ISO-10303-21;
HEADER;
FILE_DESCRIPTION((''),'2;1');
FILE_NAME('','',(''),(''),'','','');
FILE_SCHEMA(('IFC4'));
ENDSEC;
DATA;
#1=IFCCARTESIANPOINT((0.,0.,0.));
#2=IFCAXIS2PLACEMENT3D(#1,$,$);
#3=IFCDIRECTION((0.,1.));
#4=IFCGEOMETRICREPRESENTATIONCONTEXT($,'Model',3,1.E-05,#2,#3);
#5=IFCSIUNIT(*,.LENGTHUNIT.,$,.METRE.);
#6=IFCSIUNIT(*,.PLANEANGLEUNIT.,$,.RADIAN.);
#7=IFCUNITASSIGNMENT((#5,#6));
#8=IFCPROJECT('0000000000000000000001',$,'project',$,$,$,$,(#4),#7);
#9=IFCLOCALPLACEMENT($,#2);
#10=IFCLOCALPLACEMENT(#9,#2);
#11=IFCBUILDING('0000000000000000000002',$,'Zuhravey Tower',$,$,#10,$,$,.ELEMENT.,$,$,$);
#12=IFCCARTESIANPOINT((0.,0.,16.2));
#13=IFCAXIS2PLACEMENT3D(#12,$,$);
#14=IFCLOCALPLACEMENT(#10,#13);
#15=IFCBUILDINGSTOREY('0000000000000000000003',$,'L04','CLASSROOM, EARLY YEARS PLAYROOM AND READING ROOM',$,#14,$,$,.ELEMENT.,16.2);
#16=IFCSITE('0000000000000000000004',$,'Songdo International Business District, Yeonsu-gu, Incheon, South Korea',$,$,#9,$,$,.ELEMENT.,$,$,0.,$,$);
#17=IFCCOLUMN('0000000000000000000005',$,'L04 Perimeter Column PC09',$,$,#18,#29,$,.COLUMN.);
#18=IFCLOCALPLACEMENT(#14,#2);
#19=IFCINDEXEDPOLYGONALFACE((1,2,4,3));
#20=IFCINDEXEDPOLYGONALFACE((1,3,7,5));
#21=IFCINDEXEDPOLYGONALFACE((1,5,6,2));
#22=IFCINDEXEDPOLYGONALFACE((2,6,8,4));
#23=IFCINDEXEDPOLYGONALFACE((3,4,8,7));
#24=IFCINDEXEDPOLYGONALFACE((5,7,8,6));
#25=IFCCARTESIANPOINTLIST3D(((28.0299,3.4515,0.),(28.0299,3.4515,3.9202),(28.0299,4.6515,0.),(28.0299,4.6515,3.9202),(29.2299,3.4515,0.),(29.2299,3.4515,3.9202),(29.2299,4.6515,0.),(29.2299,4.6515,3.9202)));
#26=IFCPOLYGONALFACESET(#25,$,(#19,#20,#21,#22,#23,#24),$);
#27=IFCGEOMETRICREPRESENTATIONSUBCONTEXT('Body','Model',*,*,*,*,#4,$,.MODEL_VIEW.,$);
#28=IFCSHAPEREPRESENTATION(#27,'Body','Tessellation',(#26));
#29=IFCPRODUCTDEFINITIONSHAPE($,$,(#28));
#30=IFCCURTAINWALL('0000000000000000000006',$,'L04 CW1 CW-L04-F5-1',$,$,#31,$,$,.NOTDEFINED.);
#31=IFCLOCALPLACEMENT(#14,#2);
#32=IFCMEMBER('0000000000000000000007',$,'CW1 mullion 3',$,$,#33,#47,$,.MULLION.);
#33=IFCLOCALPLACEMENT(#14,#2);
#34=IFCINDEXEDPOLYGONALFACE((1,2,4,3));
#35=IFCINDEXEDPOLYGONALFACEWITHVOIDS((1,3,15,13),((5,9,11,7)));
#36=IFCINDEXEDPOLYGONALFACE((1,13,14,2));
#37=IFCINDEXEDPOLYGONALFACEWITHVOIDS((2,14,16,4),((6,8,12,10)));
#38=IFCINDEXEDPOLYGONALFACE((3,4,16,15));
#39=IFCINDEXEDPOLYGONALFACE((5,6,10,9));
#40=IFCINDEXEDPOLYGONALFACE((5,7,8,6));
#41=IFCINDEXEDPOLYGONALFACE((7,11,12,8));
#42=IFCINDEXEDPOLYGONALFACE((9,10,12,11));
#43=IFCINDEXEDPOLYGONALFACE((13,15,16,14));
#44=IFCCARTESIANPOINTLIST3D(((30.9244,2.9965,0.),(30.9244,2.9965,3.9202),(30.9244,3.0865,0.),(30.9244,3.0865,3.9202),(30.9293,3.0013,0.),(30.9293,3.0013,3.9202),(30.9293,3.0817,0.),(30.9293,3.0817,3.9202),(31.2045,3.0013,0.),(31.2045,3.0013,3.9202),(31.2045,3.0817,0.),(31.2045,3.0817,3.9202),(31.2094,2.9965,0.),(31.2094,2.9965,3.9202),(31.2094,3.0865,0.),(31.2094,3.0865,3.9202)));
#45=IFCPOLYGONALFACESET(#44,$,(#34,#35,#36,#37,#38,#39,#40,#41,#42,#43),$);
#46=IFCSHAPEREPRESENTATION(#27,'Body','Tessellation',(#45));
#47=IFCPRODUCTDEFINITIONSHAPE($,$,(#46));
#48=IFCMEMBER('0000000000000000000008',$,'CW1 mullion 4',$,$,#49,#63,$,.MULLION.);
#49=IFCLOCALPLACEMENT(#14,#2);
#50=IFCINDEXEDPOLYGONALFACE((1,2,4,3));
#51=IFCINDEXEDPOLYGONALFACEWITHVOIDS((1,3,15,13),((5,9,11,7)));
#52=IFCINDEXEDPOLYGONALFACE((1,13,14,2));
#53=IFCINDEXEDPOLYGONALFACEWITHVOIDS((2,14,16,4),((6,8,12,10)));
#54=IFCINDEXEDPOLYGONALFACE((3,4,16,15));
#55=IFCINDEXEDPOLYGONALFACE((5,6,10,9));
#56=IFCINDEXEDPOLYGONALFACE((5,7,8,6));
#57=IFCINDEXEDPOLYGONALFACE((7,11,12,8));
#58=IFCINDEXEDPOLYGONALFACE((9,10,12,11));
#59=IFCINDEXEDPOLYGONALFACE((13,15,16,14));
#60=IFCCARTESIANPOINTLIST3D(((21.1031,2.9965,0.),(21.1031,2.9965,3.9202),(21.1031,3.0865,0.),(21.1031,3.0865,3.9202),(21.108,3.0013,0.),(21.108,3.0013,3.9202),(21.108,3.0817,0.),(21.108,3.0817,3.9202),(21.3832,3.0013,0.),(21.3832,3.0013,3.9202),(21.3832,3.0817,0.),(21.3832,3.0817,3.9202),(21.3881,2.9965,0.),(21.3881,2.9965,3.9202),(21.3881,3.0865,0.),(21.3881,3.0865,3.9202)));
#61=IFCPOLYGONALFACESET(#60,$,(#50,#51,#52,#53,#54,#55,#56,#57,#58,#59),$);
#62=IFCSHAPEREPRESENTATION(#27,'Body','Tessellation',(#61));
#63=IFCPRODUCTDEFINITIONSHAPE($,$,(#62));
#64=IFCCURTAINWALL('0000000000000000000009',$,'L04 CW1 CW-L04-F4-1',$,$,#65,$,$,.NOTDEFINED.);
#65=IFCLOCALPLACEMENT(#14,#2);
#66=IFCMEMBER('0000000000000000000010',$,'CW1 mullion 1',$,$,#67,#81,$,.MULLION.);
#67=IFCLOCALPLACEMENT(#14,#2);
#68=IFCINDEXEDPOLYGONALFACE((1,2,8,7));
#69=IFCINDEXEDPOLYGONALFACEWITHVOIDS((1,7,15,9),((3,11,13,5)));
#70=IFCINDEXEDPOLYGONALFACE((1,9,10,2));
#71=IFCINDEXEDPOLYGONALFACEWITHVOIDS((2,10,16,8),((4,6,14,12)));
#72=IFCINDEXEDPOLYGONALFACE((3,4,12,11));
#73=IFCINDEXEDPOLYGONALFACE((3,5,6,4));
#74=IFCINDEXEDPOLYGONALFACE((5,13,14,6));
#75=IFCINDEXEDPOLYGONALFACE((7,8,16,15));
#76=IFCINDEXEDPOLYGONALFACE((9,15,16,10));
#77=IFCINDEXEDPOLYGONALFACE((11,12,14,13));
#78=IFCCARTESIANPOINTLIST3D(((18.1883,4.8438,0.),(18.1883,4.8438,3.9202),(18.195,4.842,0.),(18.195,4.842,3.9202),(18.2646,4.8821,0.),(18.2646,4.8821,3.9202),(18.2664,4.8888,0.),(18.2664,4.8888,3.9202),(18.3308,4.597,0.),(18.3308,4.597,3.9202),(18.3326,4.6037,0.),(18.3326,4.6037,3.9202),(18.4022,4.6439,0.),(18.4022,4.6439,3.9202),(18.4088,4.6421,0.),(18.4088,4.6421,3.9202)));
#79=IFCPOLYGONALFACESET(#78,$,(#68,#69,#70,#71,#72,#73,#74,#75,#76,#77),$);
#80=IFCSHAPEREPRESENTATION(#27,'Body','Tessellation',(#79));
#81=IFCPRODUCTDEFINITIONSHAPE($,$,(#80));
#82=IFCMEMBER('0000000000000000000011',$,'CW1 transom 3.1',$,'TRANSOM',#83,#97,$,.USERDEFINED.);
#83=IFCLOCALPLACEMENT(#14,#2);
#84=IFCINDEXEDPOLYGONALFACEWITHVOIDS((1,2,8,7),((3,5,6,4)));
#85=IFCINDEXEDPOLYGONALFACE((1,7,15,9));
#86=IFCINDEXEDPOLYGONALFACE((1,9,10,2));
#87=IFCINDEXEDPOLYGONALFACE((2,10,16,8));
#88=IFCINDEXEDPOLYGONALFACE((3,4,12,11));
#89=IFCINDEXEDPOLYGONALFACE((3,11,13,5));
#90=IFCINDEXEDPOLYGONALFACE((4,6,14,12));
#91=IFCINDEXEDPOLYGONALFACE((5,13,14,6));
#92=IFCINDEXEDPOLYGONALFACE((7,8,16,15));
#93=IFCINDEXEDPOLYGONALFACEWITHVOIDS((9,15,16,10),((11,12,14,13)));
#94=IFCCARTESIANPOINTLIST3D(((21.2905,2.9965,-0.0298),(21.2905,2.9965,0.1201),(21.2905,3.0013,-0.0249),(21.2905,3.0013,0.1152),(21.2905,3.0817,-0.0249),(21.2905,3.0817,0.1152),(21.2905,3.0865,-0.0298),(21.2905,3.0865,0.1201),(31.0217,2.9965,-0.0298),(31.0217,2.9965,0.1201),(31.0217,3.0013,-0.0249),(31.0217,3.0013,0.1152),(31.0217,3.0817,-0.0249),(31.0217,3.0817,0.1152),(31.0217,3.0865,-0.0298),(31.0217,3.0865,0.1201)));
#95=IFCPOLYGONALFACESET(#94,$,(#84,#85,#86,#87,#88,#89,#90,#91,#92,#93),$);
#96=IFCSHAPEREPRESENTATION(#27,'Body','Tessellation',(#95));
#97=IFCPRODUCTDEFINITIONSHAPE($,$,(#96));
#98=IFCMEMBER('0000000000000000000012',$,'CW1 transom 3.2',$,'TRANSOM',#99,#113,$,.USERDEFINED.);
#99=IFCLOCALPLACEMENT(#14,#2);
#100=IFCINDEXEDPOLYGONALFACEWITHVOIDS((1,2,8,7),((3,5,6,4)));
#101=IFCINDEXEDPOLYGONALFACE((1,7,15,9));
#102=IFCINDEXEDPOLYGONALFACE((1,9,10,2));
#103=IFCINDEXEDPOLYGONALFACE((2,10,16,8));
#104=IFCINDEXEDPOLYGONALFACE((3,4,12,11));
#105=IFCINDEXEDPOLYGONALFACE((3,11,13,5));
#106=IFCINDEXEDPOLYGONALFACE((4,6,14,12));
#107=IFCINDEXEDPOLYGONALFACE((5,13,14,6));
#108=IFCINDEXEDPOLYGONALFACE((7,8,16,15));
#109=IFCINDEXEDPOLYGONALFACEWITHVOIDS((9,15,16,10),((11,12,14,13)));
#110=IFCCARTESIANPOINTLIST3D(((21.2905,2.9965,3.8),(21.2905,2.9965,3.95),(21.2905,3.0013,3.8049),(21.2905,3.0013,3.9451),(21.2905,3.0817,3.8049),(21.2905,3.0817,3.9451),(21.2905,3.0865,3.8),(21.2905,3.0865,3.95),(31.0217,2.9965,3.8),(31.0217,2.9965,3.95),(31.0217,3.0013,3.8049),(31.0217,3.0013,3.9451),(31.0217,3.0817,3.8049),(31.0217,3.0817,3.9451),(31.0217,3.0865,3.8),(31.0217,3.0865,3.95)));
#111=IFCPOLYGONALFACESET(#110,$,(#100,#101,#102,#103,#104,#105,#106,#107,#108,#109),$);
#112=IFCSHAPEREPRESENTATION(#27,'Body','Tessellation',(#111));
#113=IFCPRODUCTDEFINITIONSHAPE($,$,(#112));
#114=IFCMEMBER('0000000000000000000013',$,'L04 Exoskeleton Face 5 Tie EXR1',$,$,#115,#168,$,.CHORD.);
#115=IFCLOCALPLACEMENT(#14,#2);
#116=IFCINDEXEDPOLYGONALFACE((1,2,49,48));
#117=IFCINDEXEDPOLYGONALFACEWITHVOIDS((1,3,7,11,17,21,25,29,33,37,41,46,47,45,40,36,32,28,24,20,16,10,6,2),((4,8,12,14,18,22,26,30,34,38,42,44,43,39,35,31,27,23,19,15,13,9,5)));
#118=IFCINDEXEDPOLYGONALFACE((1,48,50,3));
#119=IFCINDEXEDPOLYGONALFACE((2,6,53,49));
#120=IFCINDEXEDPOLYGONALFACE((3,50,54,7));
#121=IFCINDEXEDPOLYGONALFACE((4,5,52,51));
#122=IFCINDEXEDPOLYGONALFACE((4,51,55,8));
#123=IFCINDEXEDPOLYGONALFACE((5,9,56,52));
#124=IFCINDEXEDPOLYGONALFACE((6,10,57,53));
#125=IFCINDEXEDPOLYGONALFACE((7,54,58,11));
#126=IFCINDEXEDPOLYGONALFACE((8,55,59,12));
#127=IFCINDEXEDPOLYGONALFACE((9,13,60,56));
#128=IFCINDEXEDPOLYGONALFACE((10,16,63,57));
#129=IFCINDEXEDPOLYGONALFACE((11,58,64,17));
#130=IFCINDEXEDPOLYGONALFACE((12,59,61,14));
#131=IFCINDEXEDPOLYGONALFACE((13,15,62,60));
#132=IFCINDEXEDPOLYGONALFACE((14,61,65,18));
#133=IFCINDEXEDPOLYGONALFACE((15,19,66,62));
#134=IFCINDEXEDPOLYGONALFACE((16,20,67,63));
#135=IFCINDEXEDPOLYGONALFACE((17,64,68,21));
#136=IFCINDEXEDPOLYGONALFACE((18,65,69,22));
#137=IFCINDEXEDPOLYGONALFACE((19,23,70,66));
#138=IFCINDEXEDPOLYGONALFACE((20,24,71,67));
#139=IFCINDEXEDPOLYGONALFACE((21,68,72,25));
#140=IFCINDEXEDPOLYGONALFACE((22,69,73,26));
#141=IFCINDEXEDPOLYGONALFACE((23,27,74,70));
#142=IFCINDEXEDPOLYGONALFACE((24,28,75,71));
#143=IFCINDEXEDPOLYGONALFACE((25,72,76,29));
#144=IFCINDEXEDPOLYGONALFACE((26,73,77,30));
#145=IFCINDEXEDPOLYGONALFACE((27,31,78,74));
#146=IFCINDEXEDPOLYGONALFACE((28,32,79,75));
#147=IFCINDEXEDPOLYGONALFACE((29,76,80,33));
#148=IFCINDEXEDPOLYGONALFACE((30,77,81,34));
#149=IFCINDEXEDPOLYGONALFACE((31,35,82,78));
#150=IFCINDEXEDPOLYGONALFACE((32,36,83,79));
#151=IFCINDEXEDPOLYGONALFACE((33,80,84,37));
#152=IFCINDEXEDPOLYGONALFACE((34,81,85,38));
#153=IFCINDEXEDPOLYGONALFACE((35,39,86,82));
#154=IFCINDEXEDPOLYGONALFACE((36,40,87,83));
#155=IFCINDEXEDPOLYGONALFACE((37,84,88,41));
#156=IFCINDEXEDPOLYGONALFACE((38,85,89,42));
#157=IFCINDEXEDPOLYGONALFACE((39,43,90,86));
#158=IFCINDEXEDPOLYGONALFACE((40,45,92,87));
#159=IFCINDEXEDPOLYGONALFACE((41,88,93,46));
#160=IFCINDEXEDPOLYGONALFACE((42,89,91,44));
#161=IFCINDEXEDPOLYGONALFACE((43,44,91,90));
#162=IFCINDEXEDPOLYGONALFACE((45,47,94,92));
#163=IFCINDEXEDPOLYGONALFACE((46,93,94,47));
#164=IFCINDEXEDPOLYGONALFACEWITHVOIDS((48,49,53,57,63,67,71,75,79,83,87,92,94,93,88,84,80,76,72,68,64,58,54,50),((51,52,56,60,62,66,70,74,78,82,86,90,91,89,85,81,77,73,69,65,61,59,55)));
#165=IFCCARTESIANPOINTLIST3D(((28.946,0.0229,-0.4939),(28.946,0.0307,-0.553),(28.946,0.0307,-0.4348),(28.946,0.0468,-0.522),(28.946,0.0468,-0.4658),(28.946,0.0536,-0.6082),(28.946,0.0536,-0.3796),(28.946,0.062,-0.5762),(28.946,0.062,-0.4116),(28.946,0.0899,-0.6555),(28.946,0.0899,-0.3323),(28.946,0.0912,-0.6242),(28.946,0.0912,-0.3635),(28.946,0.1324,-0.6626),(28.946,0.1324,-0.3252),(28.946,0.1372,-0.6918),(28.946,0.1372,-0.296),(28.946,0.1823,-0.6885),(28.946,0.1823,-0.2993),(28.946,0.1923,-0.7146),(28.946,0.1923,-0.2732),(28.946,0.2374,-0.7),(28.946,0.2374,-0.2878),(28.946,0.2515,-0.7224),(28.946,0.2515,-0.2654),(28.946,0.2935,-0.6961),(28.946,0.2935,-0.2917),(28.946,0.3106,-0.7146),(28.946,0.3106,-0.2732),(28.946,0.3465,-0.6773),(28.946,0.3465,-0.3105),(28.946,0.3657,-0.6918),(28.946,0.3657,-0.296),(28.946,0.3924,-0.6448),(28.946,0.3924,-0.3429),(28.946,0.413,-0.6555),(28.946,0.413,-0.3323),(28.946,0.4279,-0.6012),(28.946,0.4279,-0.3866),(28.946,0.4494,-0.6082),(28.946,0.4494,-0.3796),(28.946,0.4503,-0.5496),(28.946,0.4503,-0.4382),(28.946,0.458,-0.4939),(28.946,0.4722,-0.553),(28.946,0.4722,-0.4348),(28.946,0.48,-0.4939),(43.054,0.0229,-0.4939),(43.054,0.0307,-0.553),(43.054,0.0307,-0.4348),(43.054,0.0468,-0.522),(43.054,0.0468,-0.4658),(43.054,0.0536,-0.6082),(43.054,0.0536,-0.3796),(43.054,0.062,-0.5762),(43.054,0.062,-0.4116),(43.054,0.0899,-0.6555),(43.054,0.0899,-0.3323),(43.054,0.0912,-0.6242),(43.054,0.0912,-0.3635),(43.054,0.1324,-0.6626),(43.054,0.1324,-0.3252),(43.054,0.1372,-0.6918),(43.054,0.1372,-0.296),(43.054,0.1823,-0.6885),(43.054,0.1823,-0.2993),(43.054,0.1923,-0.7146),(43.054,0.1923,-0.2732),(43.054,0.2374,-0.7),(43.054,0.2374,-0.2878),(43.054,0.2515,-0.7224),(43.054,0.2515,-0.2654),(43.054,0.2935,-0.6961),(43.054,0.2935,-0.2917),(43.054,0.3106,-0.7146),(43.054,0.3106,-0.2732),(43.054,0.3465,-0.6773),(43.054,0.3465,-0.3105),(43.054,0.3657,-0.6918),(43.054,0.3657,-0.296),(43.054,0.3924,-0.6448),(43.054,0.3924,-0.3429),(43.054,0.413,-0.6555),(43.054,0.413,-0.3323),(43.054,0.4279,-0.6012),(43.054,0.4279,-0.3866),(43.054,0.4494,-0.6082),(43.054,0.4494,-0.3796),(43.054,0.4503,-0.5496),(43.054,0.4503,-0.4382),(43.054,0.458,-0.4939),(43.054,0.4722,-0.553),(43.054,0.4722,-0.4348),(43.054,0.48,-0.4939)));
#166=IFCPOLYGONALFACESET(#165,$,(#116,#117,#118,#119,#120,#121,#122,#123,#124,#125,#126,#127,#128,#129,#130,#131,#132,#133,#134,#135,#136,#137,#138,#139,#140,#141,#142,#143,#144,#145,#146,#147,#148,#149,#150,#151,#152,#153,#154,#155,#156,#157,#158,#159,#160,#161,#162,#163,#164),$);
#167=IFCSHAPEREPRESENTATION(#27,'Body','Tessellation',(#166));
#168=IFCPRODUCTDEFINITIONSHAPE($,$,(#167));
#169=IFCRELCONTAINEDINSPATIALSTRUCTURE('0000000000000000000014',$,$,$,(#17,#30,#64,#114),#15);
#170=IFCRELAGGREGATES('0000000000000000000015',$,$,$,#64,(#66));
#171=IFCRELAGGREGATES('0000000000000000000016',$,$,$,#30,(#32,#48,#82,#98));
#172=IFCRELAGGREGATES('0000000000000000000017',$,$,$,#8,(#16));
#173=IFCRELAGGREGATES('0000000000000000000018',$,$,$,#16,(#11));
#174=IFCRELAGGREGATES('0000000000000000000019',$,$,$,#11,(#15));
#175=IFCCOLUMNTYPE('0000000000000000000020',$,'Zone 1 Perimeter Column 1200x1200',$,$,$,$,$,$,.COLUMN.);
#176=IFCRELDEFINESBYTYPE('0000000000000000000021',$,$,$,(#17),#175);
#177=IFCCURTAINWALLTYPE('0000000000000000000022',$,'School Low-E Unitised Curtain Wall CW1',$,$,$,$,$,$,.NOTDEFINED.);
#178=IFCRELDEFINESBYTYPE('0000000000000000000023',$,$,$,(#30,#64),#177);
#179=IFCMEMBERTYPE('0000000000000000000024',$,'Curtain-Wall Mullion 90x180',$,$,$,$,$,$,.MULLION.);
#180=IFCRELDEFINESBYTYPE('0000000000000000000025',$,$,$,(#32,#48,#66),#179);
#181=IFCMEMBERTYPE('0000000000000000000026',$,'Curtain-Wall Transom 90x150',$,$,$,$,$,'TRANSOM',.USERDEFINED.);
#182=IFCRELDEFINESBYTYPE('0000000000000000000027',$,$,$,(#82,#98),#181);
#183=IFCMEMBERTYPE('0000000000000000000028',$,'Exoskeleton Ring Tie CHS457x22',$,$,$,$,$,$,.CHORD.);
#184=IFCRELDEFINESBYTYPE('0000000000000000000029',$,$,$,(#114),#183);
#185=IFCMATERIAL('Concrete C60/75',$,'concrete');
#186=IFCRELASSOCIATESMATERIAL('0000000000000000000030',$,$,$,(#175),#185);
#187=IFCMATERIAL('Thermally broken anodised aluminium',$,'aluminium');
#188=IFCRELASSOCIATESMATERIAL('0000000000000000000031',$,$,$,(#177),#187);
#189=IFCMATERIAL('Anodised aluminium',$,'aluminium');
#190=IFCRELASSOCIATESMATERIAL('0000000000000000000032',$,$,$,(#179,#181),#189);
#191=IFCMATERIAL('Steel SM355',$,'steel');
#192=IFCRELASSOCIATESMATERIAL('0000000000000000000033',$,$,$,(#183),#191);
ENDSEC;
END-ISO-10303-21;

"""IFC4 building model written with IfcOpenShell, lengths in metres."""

from ifc_helpers import new_model, si_unit, direction, frame, origin, origin_2d, place, context, subcontext, project, spatial, rectangle, hollow_rectangle, hollow_circle, extrude, material, material_profile, profile_set, type_object, element, aggregate, save


model = new_model("IFC4")

# Units and contexts
model_context = context("Model", 3, precision=1e-05, world=origin(), true_north=direction((0.0, 1.0)))
body_context = subcontext(model_context, "Body", "Model", "MODEL_VIEW")
ifc_project = project(units=[si_unit("LENGTHUNIT", "METRE"), si_unit("PLANEANGLEUNIT", "RADIAN")], contexts=[model_context])

# Site, building, storey
site_placement = place(None, origin())
site = spatial("IfcSite", under=ifc_project, at=site_placement, Name="Songdo International Business District, Yeonsu-gu, Incheon, South Korea", CompositionType="ELEMENT", RefElevation=0.0)
building_placement = place(site_placement, origin())
building = spatial("IfcBuilding", under=site, at=building_placement, Name="Zuhravey Tower", CompositionType="ELEMENT")
storey_placement = place(building_placement, frame((0.0, 0.0, 16.2)))
storey = spatial("IfcBuildingStorey", under=building, at=storey_placement, Name="L04", Description="CLASSROOM, EARLY YEARS PLAYROOM AND READING ROOM", CompositionType="ELEMENT", Elevation=16.2)

# Column
ifc_material_1 = material(Name="Concrete C60/75", Category="concrete")
ifc_material_profile_1 = material_profile(ifc_material_1, rectangle(XDim=1.2, YDim=1.2, at=origin_2d()), Name="RC-1200x1200")
ifc_profile_set_1 = profile_set([ifc_material_profile_1], Name="Concrete C60/75")
column_type = type_object("IfcColumnType", Name="Zone 1 Perimeter Column 1200x1200", PredefinedType="COLUMN", material=ifc_profile_set_1)
column_placement = place(storey_placement, frame((28.6299, 4.0515, 0.0), z_axis=(0.0, 0.0, 1.0), x_axis=(1.0, 0.0, 0.0)))
element("IfcColumn", 1, at=column_placement, inside=storey, type_object=column_type, Name="L04 Perimeter Column PC09", PredefinedType="COLUMN", context=body_context, shape_type="SweptSolid", body=[
    extrude(rectangle(XDim=1.2, YDim=1.2, at=origin_2d()), origin(), (0.0, 0.0, 1.0), 3.9202),
])

# Curtain wall, members
ifc_material_2 = material(Name="Thermally broken anodised aluminium", Category="aluminium")
curtain_wall_type = type_object("IfcCurtainWallType", Name="School Low-E Unitised Curtain Wall CW1", PredefinedType="NOTDEFINED", material=ifc_material_2)
curtain_wall_1_placement = place(storey_placement, origin())
curtain_wall_1 = element("IfcCurtainWall", 2, at=curtain_wall_1_placement, inside=storey, type_object=curtain_wall_type, Name="L04 CW1 CW-L04-F5-1", PredefinedType="NOTDEFINED")
ifc_material_3 = material(Name="Anodised aluminium", Category="aluminium")
ifc_material_profile_2 = material_profile(ifc_material_3, hollow_rectangle(XDim=0.0901, YDim=0.2849, WallThickness=0.0049, at=origin_2d()), Name="ALU-RHS-90x285x5")
ifc_profile_set_2 = profile_set([ifc_material_profile_2], Name="Anodised aluminium")
member_type_1 = type_object("IfcMemberType", Name="Curtain-Wall Mullion 90x180", PredefinedType="MULLION", material=ifc_profile_set_2)
member_1_placement = place(storey_placement, frame((31.0669, 3.0415, 0.0), z_axis=(0.0, 0.0, 1.0), x_axis=(0.0, -1.0, 0.0)))
member_1 = element("IfcMember", 3, at=member_1_placement, type_object=member_type_1, Name="CW1 mullion 3", PredefinedType="MULLION", context=body_context, shape_type="SweptSolid", body=[
    extrude(hollow_rectangle(XDim=0.0901, YDim=0.2849, WallThickness=0.0049, at=origin_2d()), origin(), (0.0, 0.0, 1.0), 3.9202),
])
member_2_placement = place(storey_placement, frame((21.2456, 3.0415, 0.0), z_axis=(0.0, 0.0, 1.0), x_axis=(0.0, -1.0, 0.0)))
member_2 = element("IfcMember", 4, at=member_2_placement, type_object=member_type_1, Name="CW1 mullion 4", PredefinedType="MULLION", context=body_context, shape_type="SweptSolid", body=[
    extrude(hollow_rectangle(XDim=0.0901, YDim=0.2849, WallThickness=0.0049, at=origin_2d()), origin(), (0.0, 0.0, 1.0), 3.9202),
])

# Curtain wall, member
curtain_wall_2_placement = place(storey_placement, origin())
curtain_wall_2 = element("IfcCurtainWall", 5, at=curtain_wall_2_placement, inside=storey, type_object=curtain_wall_type, Name="L04 CW1 CW-L04-F4-1", PredefinedType="NOTDEFINED")
member_3_placement = place(storey_placement, frame((18.2986, 4.7429, 0.0), z_axis=(0.0, 0.0, 1.0), x_axis=(-0.866026, -0.5, 0.0)))
member_3 = element("IfcMember", 6, at=member_3_placement, type_object=member_type_1, Name="CW1 mullion 1", PredefinedType="MULLION", context=body_context, shape_type="SweptSolid", body=[
    extrude(hollow_rectangle(XDim=0.0901, YDim=0.2849, WallThickness=0.0049, at=origin_2d()), origin(), (0.0, 0.0, 1.0), 3.9202),
])
aggregate(curtain_wall_2, [member_3])

# Members
ifc_material_profile_3 = material_profile(ifc_material_3, hollow_rectangle(XDim=0.0901, YDim=0.1499, WallThickness=0.0049, at=origin_2d()), Name="ALU-RHS-90x150x5")
ifc_profile_set_3 = profile_set([ifc_material_profile_3], Name="Anodised aluminium")
member_type_2 = type_object("IfcMemberType", Name="Curtain-Wall Transom 90x150", ElementType="TRANSOM", PredefinedType="USERDEFINED", material=ifc_profile_set_3)
member_4_placement = place(storey_placement, frame((31.0217, 3.0415, 0.0452), z_axis=(-1.0, 0.0, 0.0), x_axis=(0.0, -1.0, 0.0)))
member_4 = element("IfcMember", 7, at=member_4_placement, type_object=member_type_2, Name="CW1 transom 3.1", ObjectType="TRANSOM", PredefinedType="USERDEFINED", context=body_context, shape_type="SweptSolid", body=[
    extrude(hollow_rectangle(XDim=0.0901, YDim=0.1499, WallThickness=0.0049, at=origin_2d()), origin(), (0.0, 0.0, 1.0), 9.7312),
])
member_5_placement = place(storey_placement, frame((31.0217, 3.0415, 3.875), z_axis=(-1.0, 0.0, 0.0), x_axis=(0.0, -1.0, 0.0)))
member_5 = element("IfcMember", 8, at=member_5_placement, type_object=member_type_2, Name="CW1 transom 3.2", ObjectType="TRANSOM", PredefinedType="USERDEFINED", context=body_context, shape_type="SweptSolid", body=[
    extrude(hollow_rectangle(XDim=0.0901, YDim=0.1499, WallThickness=0.0049, at=origin_2d()), origin(), (0.0, 0.0, 1.0), 9.7312),
])

# Member
ifc_material_4 = material(Name="Steel SM355", Category="steel")
ifc_material_profile_4 = material_profile(ifc_material_4, hollow_circle(Radius=0.2285, WallThickness=0.022, at=origin_2d()), Name="CHS-457.2x22")
ifc_profile_set_4 = profile_set([ifc_material_profile_4], Name="Steel SM355")
member_type_3 = type_object("IfcMemberType", Name="Exoskeleton Ring Tie CHS457x22", PredefinedType="CHORD", material=ifc_profile_set_4)
member_6_placement = place(storey_placement, frame((28.946, 0.2515, -0.4939), z_axis=(1.0, 0.0, 0.0), x_axis=(0.0, 1.0, 0.0)))
element("IfcMember", 9, at=member_6_placement, inside=storey, type_object=member_type_3, Name="L04 Exoskeleton Face 5 Tie EXR1", PredefinedType="CHORD", context=body_context, shape_type="SweptSolid", body=[
    extrude(hollow_circle(Radius=0.2285, WallThickness=0.022, at=origin_2d()), origin(), (0.0, 0.0, 1.0), 14.1079),
])

aggregate(curtain_wall_1, [member_1, member_2, member_4, member_5])

save(model, "model.ifc")
